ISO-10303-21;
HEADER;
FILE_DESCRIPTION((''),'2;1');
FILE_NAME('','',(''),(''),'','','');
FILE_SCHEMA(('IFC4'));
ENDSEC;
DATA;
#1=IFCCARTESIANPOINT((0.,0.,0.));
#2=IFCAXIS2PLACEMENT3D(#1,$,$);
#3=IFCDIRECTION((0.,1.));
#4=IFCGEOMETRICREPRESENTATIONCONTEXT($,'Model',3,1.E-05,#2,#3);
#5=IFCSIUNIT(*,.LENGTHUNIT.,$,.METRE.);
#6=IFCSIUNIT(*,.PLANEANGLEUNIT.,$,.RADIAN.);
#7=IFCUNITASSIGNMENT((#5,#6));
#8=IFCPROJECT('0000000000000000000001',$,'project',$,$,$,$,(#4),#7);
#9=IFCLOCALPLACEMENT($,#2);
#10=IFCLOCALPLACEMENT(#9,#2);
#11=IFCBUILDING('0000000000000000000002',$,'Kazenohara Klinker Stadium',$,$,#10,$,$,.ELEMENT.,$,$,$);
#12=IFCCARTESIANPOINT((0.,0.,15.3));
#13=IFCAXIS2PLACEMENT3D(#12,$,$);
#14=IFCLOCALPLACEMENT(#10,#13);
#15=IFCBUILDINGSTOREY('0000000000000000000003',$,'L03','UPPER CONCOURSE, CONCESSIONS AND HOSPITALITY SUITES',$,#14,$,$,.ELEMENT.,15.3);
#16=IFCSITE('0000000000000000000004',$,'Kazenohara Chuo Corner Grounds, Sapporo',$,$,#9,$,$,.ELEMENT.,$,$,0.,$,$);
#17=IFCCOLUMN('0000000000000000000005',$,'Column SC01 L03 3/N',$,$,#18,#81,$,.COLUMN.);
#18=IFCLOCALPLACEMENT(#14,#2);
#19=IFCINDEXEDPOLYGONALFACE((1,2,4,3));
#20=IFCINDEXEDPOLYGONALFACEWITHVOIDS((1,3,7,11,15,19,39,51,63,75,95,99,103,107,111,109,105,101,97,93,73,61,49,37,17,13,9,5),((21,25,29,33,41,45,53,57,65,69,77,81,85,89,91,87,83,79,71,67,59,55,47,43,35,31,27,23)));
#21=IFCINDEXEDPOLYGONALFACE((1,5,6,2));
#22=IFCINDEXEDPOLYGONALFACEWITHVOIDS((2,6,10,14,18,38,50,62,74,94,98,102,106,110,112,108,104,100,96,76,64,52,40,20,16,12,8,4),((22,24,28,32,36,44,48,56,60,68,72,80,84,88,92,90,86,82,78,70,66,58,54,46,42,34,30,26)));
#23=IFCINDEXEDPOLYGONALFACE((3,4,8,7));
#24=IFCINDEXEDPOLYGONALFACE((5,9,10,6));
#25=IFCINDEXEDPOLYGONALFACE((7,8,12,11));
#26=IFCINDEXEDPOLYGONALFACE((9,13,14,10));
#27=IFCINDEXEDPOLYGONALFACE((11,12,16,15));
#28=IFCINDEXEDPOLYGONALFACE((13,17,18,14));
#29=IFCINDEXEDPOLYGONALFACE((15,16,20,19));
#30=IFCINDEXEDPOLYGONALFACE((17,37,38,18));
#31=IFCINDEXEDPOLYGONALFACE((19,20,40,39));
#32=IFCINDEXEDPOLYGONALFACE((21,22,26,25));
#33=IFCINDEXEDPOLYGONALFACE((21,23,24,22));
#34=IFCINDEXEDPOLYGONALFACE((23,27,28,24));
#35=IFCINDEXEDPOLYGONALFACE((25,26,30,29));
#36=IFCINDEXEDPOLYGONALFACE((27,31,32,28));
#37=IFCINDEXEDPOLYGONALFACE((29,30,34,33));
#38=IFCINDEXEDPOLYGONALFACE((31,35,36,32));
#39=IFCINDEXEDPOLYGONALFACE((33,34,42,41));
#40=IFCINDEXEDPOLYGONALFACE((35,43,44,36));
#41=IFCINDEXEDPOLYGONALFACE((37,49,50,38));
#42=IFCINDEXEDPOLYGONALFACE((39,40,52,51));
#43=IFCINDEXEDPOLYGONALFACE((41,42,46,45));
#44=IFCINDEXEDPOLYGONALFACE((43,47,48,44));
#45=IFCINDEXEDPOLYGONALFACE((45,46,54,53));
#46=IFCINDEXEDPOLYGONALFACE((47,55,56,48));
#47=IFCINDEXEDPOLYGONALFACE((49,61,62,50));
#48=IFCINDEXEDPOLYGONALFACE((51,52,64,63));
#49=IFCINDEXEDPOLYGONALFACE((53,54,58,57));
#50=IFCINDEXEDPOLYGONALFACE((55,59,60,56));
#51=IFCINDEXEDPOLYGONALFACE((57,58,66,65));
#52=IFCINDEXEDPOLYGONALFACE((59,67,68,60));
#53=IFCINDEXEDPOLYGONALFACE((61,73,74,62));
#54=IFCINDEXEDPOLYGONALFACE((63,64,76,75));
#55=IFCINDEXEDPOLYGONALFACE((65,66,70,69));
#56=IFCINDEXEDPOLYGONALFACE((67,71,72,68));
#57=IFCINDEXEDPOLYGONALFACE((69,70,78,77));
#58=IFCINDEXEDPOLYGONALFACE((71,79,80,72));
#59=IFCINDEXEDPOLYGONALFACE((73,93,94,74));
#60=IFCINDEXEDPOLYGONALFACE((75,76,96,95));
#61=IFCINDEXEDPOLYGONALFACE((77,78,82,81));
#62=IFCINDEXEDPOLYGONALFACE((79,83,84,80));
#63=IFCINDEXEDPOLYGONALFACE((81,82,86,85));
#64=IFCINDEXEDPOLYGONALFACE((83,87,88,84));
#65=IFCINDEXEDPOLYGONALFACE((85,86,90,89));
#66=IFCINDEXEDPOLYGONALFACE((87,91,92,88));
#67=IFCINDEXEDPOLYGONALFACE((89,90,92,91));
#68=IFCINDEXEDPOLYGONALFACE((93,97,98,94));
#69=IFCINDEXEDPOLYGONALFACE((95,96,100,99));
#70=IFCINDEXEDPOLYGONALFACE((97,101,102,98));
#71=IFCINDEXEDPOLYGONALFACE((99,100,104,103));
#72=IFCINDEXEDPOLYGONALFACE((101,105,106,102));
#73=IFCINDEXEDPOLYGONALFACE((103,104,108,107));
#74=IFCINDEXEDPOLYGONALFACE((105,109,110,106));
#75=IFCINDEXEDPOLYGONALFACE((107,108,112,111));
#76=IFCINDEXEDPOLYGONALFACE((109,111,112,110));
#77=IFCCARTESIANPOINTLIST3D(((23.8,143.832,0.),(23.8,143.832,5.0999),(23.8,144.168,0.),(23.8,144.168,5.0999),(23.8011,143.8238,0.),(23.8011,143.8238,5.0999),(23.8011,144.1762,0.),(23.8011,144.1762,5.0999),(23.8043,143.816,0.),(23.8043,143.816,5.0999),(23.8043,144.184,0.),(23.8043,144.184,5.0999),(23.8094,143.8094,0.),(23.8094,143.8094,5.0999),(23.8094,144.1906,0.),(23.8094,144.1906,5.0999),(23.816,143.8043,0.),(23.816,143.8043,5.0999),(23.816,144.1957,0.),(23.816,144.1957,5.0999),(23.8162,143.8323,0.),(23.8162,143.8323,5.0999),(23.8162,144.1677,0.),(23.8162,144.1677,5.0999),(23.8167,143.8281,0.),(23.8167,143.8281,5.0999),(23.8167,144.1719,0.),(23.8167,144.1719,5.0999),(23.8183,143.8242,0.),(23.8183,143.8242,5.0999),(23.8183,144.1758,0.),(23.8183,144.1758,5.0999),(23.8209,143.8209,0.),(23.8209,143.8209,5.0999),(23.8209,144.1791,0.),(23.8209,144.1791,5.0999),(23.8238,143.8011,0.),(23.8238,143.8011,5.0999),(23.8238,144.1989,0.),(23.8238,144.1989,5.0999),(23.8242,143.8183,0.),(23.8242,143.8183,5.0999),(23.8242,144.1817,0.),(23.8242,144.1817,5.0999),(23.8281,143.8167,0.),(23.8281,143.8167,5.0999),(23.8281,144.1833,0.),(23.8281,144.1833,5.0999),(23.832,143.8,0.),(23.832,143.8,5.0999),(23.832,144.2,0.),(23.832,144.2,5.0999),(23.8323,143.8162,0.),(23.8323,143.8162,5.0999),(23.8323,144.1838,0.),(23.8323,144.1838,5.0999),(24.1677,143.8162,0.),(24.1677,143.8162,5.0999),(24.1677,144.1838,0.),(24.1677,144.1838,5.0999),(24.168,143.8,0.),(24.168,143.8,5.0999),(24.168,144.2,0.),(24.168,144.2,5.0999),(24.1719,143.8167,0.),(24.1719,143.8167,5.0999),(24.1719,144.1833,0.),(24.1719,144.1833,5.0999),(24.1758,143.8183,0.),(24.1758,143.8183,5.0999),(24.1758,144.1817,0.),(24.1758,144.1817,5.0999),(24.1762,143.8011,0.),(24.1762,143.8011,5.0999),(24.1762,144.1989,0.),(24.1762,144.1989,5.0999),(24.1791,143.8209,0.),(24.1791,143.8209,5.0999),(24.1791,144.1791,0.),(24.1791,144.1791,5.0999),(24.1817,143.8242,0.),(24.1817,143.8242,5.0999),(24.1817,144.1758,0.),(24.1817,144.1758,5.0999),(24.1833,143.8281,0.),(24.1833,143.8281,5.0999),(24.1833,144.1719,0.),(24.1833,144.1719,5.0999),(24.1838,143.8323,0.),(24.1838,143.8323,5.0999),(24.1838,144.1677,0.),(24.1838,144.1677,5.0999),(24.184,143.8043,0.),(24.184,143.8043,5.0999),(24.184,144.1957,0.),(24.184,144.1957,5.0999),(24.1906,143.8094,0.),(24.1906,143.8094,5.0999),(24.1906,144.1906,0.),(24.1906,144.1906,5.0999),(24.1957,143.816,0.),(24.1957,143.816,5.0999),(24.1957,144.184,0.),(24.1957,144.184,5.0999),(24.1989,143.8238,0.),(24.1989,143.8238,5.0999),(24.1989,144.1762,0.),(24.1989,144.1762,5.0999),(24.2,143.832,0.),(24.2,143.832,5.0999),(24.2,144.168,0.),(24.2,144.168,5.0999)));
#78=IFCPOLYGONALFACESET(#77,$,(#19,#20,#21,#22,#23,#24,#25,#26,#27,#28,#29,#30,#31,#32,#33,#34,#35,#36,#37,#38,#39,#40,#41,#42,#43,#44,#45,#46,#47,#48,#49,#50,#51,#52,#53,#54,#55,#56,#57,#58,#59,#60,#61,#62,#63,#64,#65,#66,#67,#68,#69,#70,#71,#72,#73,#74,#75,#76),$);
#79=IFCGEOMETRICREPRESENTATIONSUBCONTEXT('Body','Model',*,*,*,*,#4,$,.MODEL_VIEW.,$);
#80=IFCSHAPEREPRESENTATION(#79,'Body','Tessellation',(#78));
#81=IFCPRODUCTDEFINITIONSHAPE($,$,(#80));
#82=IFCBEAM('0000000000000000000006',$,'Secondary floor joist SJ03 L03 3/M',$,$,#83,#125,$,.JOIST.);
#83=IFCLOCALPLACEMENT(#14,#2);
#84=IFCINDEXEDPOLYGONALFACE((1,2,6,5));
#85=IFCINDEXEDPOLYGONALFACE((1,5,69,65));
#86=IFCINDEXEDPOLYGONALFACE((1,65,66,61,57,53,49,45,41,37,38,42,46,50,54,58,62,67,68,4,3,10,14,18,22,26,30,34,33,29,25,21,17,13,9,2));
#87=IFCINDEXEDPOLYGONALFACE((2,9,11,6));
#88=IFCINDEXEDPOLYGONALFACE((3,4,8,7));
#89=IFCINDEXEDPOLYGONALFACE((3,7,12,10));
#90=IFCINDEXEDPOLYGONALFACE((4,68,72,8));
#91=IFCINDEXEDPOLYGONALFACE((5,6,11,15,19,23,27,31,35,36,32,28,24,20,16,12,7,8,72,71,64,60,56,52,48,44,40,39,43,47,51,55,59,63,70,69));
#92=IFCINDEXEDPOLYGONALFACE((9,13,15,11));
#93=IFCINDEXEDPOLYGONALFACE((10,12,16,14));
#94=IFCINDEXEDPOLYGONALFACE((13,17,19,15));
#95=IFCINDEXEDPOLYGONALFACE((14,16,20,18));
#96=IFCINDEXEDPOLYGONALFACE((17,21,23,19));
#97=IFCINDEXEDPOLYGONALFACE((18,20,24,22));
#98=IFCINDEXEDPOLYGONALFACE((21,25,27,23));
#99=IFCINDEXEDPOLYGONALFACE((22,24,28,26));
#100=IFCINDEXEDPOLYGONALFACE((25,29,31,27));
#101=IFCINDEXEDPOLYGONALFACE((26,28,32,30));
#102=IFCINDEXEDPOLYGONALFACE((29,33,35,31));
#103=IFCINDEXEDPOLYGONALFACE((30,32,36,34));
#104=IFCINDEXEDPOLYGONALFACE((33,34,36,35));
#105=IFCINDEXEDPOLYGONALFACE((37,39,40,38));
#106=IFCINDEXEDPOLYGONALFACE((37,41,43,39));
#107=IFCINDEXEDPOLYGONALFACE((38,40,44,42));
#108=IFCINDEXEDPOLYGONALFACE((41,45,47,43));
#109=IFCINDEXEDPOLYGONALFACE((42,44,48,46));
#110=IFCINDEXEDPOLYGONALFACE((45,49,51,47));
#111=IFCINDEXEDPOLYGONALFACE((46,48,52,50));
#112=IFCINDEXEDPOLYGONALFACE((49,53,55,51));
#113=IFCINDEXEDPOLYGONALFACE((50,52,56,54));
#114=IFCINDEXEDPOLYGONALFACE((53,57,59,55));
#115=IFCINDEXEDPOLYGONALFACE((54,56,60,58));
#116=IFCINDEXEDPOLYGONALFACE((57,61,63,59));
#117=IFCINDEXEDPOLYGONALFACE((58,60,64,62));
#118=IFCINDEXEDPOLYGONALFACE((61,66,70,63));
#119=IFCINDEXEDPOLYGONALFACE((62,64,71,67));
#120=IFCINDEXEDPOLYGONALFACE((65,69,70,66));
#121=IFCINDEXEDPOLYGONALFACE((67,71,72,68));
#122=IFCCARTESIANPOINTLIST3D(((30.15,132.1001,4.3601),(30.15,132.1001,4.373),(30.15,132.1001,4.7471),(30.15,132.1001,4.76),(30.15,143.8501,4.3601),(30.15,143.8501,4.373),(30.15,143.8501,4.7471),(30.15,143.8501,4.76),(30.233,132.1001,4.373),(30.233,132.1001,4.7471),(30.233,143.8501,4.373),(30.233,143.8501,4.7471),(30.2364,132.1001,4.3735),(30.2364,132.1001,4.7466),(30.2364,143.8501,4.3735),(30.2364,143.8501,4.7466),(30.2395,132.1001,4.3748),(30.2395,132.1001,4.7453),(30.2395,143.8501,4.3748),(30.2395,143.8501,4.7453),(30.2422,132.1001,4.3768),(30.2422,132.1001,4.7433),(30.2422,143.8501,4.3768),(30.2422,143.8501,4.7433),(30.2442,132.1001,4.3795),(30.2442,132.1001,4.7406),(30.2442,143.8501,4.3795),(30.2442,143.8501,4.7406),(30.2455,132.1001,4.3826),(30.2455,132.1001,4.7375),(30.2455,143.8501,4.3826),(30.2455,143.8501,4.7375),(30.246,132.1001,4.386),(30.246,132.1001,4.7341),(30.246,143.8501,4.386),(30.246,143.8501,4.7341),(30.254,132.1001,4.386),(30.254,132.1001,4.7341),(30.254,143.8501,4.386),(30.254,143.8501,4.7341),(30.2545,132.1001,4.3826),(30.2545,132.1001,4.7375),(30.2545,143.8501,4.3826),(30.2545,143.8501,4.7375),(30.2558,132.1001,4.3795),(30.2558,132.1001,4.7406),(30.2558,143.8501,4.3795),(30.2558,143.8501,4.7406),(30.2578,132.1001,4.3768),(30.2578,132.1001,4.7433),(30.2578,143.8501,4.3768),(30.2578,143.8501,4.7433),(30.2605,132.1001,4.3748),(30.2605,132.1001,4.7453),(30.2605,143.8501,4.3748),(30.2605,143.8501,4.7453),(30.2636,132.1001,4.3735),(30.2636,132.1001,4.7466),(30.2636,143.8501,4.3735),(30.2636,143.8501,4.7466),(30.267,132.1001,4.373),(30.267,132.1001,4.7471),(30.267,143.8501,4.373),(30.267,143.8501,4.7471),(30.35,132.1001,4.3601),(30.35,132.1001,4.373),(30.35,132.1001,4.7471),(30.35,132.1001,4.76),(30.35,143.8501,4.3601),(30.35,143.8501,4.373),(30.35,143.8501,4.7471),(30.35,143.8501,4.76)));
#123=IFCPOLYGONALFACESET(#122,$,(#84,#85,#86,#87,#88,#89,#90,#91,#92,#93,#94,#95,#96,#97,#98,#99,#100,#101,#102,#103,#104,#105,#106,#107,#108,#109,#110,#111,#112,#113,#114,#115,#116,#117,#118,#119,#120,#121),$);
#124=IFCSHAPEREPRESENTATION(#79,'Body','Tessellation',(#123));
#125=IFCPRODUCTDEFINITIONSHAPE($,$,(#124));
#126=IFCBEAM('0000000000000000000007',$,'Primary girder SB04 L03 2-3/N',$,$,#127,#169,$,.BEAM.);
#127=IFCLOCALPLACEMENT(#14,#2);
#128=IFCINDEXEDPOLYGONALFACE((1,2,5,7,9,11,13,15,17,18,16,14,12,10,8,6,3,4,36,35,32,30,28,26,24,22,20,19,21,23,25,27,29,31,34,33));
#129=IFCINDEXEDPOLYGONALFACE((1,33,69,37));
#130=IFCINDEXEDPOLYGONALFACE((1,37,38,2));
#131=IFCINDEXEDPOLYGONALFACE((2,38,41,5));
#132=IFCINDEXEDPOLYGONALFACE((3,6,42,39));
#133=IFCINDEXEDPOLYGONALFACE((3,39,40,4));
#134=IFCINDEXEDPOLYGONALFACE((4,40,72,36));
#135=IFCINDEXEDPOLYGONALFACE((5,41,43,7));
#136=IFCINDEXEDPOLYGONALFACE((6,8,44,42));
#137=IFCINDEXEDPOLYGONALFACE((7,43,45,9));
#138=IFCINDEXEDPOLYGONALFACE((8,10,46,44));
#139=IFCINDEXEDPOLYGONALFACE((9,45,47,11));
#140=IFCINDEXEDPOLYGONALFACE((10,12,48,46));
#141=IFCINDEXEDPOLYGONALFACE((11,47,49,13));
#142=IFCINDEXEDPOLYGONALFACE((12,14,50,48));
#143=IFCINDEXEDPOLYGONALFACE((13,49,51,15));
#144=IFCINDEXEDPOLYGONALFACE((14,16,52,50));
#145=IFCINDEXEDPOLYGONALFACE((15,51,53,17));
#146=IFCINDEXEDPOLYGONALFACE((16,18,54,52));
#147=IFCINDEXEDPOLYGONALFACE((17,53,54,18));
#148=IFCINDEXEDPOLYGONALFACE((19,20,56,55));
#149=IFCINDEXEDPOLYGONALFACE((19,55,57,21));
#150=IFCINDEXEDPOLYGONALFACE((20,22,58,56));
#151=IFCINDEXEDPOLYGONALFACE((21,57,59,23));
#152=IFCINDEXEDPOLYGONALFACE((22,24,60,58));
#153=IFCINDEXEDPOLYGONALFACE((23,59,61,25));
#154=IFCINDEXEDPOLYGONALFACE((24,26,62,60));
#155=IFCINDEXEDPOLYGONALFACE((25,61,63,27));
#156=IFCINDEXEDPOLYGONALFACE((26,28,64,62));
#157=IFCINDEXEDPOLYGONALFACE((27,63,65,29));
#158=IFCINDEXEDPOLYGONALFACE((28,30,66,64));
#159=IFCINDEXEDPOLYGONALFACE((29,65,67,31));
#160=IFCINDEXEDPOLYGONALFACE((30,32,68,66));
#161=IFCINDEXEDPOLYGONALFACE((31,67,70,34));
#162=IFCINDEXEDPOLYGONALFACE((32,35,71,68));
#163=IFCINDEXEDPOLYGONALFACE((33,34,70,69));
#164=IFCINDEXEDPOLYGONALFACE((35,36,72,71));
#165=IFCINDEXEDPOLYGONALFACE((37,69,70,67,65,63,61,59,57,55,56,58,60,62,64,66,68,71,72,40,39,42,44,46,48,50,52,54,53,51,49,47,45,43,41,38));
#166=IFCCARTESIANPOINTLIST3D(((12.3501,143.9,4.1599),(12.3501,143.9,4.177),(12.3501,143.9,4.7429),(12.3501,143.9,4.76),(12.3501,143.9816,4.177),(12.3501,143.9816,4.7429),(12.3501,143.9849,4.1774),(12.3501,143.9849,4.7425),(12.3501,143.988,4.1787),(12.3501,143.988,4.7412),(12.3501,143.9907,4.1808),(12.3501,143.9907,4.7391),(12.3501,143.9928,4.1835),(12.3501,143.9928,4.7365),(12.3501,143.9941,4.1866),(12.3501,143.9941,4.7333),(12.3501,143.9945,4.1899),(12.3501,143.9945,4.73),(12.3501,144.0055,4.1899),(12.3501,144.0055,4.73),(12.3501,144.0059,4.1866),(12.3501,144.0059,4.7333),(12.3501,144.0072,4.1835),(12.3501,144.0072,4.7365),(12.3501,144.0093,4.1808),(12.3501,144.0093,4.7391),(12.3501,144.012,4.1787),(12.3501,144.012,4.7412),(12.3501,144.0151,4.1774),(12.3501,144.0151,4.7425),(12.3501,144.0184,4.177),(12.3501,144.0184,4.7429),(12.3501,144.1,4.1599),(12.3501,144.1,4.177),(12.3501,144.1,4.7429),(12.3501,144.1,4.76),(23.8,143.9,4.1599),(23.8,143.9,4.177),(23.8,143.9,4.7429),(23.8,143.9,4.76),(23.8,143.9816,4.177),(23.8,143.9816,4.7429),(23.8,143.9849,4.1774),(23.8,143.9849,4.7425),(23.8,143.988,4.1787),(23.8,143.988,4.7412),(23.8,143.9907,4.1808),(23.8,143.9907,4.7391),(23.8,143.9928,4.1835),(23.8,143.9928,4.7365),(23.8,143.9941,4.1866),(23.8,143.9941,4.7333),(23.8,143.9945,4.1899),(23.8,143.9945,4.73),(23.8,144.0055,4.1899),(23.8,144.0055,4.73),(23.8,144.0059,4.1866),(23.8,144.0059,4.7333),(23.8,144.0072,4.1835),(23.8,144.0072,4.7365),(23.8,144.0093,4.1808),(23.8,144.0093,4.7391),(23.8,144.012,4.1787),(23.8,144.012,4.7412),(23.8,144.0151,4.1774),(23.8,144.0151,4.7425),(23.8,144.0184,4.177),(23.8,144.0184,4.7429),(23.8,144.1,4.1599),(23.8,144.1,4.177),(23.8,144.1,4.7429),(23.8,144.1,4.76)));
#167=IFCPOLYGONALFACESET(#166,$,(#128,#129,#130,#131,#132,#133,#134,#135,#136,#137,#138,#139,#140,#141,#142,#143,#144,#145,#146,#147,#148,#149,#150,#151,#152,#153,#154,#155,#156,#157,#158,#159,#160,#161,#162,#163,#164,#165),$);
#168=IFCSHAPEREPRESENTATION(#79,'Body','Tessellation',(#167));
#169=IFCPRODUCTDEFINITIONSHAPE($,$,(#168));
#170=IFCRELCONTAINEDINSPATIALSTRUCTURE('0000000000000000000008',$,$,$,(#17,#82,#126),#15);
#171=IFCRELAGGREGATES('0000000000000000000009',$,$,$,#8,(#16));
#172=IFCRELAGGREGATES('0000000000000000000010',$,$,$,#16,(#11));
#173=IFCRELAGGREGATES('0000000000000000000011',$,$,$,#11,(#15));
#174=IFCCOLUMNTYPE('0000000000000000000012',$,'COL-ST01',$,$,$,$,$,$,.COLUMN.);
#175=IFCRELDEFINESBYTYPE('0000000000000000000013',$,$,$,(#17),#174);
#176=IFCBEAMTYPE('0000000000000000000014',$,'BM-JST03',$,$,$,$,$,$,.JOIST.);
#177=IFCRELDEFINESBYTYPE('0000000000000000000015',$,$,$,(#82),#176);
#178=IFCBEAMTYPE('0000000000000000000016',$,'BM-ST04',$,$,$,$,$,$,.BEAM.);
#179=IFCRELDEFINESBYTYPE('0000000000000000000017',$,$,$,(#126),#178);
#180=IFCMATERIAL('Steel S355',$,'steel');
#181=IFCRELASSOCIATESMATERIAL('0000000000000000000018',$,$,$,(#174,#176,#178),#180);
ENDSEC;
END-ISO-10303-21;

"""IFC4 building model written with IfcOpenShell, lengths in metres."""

from ifc_helpers import new_model, si_unit, direction, frame, origin, origin_2d, place, context, subcontext, project, spatial, hollow_rectangle, i_section, extrude, material, material_profile, profile_set, type_object, element, save


model = new_model("IFC4")

# Units and contexts
model_context = context("Model", 3, precision=1e-05, world=origin(), true_north=direction((0.0, 1.0)))
body_context = subcontext(model_context, "Body", "Model", "MODEL_VIEW")
ifc_project = project(units=[si_unit("LENGTHUNIT", "METRE"), si_unit("PLANEANGLEUNIT", "RADIAN")], contexts=[model_context])

# Site, building, storey
site_placement = place(None, origin())
site = spatial("IfcSite", under=ifc_project, at=site_placement, Name="Kazenohara Chuo Corner Grounds, Sapporo", CompositionType="ELEMENT", RefElevation=0.0)
building_placement = place(site_placement, origin())
building = spatial("IfcBuilding", under=site, at=building_placement, Name="Kazenohara Klinker Stadium", CompositionType="ELEMENT")
storey_placement = place(building_placement, frame((0.0, 0.0, 15.3)))
storey = spatial("IfcBuildingStorey", under=building, at=storey_placement, Name="L03", Description="UPPER CONCOURSE, CONCESSIONS AND HOSPITALITY SUITES", CompositionType="ELEMENT", Elevation=15.3)

# Column
ifc_material_1 = material(Name="Steel S355", Category="steel")
ifc_material_profile_1 = material_profile(ifc_material_1, hollow_rectangle(XDim=0.3999, YDim=0.3999, WallThickness=0.0161, InnerFilletRadius=0.0161, OuterFilletRadius=0.032, at=origin_2d()), Name="SHS-400x400x16")
ifc_profile_set_1 = profile_set([ifc_material_profile_1], Name="Steel S355")
column_type = type_object("IfcColumnType", Name="COL-ST01", PredefinedType="COLUMN", material=ifc_profile_set_1)
column_placement = place(storey_placement, frame((24.0, 144.0, 0.0), z_axis=(0.0, 0.0, 1.0), x_axis=(1.0, 0.0, 0.0)))
element("IfcColumn", 1, at=column_placement, inside=storey, type_object=column_type, Name="Column SC01 L03 3/N", PredefinedType="COLUMN", context=body_context, shape_type="SweptSolid", body=[
    extrude(hollow_rectangle(XDim=0.3999, YDim=0.3999, WallThickness=0.0161, InnerFilletRadius=0.0161, OuterFilletRadius=0.032, at=origin_2d()), origin(), (0.0, 0.0, 1.0), 5.0999),
])

# Beams
ifc_material_profile_2 = material_profile(ifc_material_1, i_section(OverallWidth=0.2, OverallDepth=0.3999, WebThickness=0.0081, FlangeThickness=0.0129, FilletRadius=0.0129, at=origin_2d()), Name="H-400x200x8x13")
ifc_profile_set_2 = profile_set([ifc_material_profile_2], Name="Steel S355")
beam_type_1 = type_object("IfcBeamType", Name="BM-JST03", PredefinedType="JOIST", material=ifc_profile_set_2)
beam_1_placement = place(storey_placement, frame((30.25, 132.1001, 4.5601), z_axis=(0.0, 1.0, 0.0), x_axis=(-1.0, 0.0, 0.0)))
element("IfcBeam", 2, at=beam_1_placement, inside=storey, type_object=beam_type_1, Name="Secondary floor joist SJ03 L03 3/M", PredefinedType="JOIST", context=body_context, shape_type="SweptSolid", body=[
    extrude(i_section(OverallWidth=0.2, OverallDepth=0.3999, WebThickness=0.0081, FlangeThickness=0.0129, FilletRadius=0.0129, at=origin_2d()), origin(), (0.0, 0.0, 1.0), 11.75),
])
ifc_material_profile_3 = material_profile(ifc_material_1, i_section(OverallWidth=0.2, OverallDepth=0.6001, WebThickness=0.011, FlangeThickness=0.0171, FilletRadius=0.0129, at=origin_2d()), Name="H-600x200x11x17")
ifc_profile_set_3 = profile_set([ifc_material_profile_3], Name="Steel S355")
beam_type_2 = type_object("IfcBeamType", Name="BM-ST04", PredefinedType="BEAM", material=ifc_profile_set_3)
for number, where, z_axis, x_axis, name in (
    (3, (12.3501, 144.0, 4.46), (1.0, 0.0, 0.0), (0.0, 1.0, 0.0), "Primary girder SB04 L03 2-3/N"),
):
    element("IfcBeam", number, at=place(storey_placement, frame(where, z_axis=z_axis, x_axis=x_axis)), inside=storey, type_object=beam_type_2, Name=name, PredefinedType="BEAM", context=body_context, shape_type="SweptSolid", body=[
        extrude(i_section(OverallWidth=0.2, OverallDepth=0.6001, WebThickness=0.011, FlangeThickness=0.0171, FilletRadius=0.0129, at=origin_2d()), origin(), (0.0, 0.0, 1.0), 11.45),
    ])

save(model, "model.ifc")
